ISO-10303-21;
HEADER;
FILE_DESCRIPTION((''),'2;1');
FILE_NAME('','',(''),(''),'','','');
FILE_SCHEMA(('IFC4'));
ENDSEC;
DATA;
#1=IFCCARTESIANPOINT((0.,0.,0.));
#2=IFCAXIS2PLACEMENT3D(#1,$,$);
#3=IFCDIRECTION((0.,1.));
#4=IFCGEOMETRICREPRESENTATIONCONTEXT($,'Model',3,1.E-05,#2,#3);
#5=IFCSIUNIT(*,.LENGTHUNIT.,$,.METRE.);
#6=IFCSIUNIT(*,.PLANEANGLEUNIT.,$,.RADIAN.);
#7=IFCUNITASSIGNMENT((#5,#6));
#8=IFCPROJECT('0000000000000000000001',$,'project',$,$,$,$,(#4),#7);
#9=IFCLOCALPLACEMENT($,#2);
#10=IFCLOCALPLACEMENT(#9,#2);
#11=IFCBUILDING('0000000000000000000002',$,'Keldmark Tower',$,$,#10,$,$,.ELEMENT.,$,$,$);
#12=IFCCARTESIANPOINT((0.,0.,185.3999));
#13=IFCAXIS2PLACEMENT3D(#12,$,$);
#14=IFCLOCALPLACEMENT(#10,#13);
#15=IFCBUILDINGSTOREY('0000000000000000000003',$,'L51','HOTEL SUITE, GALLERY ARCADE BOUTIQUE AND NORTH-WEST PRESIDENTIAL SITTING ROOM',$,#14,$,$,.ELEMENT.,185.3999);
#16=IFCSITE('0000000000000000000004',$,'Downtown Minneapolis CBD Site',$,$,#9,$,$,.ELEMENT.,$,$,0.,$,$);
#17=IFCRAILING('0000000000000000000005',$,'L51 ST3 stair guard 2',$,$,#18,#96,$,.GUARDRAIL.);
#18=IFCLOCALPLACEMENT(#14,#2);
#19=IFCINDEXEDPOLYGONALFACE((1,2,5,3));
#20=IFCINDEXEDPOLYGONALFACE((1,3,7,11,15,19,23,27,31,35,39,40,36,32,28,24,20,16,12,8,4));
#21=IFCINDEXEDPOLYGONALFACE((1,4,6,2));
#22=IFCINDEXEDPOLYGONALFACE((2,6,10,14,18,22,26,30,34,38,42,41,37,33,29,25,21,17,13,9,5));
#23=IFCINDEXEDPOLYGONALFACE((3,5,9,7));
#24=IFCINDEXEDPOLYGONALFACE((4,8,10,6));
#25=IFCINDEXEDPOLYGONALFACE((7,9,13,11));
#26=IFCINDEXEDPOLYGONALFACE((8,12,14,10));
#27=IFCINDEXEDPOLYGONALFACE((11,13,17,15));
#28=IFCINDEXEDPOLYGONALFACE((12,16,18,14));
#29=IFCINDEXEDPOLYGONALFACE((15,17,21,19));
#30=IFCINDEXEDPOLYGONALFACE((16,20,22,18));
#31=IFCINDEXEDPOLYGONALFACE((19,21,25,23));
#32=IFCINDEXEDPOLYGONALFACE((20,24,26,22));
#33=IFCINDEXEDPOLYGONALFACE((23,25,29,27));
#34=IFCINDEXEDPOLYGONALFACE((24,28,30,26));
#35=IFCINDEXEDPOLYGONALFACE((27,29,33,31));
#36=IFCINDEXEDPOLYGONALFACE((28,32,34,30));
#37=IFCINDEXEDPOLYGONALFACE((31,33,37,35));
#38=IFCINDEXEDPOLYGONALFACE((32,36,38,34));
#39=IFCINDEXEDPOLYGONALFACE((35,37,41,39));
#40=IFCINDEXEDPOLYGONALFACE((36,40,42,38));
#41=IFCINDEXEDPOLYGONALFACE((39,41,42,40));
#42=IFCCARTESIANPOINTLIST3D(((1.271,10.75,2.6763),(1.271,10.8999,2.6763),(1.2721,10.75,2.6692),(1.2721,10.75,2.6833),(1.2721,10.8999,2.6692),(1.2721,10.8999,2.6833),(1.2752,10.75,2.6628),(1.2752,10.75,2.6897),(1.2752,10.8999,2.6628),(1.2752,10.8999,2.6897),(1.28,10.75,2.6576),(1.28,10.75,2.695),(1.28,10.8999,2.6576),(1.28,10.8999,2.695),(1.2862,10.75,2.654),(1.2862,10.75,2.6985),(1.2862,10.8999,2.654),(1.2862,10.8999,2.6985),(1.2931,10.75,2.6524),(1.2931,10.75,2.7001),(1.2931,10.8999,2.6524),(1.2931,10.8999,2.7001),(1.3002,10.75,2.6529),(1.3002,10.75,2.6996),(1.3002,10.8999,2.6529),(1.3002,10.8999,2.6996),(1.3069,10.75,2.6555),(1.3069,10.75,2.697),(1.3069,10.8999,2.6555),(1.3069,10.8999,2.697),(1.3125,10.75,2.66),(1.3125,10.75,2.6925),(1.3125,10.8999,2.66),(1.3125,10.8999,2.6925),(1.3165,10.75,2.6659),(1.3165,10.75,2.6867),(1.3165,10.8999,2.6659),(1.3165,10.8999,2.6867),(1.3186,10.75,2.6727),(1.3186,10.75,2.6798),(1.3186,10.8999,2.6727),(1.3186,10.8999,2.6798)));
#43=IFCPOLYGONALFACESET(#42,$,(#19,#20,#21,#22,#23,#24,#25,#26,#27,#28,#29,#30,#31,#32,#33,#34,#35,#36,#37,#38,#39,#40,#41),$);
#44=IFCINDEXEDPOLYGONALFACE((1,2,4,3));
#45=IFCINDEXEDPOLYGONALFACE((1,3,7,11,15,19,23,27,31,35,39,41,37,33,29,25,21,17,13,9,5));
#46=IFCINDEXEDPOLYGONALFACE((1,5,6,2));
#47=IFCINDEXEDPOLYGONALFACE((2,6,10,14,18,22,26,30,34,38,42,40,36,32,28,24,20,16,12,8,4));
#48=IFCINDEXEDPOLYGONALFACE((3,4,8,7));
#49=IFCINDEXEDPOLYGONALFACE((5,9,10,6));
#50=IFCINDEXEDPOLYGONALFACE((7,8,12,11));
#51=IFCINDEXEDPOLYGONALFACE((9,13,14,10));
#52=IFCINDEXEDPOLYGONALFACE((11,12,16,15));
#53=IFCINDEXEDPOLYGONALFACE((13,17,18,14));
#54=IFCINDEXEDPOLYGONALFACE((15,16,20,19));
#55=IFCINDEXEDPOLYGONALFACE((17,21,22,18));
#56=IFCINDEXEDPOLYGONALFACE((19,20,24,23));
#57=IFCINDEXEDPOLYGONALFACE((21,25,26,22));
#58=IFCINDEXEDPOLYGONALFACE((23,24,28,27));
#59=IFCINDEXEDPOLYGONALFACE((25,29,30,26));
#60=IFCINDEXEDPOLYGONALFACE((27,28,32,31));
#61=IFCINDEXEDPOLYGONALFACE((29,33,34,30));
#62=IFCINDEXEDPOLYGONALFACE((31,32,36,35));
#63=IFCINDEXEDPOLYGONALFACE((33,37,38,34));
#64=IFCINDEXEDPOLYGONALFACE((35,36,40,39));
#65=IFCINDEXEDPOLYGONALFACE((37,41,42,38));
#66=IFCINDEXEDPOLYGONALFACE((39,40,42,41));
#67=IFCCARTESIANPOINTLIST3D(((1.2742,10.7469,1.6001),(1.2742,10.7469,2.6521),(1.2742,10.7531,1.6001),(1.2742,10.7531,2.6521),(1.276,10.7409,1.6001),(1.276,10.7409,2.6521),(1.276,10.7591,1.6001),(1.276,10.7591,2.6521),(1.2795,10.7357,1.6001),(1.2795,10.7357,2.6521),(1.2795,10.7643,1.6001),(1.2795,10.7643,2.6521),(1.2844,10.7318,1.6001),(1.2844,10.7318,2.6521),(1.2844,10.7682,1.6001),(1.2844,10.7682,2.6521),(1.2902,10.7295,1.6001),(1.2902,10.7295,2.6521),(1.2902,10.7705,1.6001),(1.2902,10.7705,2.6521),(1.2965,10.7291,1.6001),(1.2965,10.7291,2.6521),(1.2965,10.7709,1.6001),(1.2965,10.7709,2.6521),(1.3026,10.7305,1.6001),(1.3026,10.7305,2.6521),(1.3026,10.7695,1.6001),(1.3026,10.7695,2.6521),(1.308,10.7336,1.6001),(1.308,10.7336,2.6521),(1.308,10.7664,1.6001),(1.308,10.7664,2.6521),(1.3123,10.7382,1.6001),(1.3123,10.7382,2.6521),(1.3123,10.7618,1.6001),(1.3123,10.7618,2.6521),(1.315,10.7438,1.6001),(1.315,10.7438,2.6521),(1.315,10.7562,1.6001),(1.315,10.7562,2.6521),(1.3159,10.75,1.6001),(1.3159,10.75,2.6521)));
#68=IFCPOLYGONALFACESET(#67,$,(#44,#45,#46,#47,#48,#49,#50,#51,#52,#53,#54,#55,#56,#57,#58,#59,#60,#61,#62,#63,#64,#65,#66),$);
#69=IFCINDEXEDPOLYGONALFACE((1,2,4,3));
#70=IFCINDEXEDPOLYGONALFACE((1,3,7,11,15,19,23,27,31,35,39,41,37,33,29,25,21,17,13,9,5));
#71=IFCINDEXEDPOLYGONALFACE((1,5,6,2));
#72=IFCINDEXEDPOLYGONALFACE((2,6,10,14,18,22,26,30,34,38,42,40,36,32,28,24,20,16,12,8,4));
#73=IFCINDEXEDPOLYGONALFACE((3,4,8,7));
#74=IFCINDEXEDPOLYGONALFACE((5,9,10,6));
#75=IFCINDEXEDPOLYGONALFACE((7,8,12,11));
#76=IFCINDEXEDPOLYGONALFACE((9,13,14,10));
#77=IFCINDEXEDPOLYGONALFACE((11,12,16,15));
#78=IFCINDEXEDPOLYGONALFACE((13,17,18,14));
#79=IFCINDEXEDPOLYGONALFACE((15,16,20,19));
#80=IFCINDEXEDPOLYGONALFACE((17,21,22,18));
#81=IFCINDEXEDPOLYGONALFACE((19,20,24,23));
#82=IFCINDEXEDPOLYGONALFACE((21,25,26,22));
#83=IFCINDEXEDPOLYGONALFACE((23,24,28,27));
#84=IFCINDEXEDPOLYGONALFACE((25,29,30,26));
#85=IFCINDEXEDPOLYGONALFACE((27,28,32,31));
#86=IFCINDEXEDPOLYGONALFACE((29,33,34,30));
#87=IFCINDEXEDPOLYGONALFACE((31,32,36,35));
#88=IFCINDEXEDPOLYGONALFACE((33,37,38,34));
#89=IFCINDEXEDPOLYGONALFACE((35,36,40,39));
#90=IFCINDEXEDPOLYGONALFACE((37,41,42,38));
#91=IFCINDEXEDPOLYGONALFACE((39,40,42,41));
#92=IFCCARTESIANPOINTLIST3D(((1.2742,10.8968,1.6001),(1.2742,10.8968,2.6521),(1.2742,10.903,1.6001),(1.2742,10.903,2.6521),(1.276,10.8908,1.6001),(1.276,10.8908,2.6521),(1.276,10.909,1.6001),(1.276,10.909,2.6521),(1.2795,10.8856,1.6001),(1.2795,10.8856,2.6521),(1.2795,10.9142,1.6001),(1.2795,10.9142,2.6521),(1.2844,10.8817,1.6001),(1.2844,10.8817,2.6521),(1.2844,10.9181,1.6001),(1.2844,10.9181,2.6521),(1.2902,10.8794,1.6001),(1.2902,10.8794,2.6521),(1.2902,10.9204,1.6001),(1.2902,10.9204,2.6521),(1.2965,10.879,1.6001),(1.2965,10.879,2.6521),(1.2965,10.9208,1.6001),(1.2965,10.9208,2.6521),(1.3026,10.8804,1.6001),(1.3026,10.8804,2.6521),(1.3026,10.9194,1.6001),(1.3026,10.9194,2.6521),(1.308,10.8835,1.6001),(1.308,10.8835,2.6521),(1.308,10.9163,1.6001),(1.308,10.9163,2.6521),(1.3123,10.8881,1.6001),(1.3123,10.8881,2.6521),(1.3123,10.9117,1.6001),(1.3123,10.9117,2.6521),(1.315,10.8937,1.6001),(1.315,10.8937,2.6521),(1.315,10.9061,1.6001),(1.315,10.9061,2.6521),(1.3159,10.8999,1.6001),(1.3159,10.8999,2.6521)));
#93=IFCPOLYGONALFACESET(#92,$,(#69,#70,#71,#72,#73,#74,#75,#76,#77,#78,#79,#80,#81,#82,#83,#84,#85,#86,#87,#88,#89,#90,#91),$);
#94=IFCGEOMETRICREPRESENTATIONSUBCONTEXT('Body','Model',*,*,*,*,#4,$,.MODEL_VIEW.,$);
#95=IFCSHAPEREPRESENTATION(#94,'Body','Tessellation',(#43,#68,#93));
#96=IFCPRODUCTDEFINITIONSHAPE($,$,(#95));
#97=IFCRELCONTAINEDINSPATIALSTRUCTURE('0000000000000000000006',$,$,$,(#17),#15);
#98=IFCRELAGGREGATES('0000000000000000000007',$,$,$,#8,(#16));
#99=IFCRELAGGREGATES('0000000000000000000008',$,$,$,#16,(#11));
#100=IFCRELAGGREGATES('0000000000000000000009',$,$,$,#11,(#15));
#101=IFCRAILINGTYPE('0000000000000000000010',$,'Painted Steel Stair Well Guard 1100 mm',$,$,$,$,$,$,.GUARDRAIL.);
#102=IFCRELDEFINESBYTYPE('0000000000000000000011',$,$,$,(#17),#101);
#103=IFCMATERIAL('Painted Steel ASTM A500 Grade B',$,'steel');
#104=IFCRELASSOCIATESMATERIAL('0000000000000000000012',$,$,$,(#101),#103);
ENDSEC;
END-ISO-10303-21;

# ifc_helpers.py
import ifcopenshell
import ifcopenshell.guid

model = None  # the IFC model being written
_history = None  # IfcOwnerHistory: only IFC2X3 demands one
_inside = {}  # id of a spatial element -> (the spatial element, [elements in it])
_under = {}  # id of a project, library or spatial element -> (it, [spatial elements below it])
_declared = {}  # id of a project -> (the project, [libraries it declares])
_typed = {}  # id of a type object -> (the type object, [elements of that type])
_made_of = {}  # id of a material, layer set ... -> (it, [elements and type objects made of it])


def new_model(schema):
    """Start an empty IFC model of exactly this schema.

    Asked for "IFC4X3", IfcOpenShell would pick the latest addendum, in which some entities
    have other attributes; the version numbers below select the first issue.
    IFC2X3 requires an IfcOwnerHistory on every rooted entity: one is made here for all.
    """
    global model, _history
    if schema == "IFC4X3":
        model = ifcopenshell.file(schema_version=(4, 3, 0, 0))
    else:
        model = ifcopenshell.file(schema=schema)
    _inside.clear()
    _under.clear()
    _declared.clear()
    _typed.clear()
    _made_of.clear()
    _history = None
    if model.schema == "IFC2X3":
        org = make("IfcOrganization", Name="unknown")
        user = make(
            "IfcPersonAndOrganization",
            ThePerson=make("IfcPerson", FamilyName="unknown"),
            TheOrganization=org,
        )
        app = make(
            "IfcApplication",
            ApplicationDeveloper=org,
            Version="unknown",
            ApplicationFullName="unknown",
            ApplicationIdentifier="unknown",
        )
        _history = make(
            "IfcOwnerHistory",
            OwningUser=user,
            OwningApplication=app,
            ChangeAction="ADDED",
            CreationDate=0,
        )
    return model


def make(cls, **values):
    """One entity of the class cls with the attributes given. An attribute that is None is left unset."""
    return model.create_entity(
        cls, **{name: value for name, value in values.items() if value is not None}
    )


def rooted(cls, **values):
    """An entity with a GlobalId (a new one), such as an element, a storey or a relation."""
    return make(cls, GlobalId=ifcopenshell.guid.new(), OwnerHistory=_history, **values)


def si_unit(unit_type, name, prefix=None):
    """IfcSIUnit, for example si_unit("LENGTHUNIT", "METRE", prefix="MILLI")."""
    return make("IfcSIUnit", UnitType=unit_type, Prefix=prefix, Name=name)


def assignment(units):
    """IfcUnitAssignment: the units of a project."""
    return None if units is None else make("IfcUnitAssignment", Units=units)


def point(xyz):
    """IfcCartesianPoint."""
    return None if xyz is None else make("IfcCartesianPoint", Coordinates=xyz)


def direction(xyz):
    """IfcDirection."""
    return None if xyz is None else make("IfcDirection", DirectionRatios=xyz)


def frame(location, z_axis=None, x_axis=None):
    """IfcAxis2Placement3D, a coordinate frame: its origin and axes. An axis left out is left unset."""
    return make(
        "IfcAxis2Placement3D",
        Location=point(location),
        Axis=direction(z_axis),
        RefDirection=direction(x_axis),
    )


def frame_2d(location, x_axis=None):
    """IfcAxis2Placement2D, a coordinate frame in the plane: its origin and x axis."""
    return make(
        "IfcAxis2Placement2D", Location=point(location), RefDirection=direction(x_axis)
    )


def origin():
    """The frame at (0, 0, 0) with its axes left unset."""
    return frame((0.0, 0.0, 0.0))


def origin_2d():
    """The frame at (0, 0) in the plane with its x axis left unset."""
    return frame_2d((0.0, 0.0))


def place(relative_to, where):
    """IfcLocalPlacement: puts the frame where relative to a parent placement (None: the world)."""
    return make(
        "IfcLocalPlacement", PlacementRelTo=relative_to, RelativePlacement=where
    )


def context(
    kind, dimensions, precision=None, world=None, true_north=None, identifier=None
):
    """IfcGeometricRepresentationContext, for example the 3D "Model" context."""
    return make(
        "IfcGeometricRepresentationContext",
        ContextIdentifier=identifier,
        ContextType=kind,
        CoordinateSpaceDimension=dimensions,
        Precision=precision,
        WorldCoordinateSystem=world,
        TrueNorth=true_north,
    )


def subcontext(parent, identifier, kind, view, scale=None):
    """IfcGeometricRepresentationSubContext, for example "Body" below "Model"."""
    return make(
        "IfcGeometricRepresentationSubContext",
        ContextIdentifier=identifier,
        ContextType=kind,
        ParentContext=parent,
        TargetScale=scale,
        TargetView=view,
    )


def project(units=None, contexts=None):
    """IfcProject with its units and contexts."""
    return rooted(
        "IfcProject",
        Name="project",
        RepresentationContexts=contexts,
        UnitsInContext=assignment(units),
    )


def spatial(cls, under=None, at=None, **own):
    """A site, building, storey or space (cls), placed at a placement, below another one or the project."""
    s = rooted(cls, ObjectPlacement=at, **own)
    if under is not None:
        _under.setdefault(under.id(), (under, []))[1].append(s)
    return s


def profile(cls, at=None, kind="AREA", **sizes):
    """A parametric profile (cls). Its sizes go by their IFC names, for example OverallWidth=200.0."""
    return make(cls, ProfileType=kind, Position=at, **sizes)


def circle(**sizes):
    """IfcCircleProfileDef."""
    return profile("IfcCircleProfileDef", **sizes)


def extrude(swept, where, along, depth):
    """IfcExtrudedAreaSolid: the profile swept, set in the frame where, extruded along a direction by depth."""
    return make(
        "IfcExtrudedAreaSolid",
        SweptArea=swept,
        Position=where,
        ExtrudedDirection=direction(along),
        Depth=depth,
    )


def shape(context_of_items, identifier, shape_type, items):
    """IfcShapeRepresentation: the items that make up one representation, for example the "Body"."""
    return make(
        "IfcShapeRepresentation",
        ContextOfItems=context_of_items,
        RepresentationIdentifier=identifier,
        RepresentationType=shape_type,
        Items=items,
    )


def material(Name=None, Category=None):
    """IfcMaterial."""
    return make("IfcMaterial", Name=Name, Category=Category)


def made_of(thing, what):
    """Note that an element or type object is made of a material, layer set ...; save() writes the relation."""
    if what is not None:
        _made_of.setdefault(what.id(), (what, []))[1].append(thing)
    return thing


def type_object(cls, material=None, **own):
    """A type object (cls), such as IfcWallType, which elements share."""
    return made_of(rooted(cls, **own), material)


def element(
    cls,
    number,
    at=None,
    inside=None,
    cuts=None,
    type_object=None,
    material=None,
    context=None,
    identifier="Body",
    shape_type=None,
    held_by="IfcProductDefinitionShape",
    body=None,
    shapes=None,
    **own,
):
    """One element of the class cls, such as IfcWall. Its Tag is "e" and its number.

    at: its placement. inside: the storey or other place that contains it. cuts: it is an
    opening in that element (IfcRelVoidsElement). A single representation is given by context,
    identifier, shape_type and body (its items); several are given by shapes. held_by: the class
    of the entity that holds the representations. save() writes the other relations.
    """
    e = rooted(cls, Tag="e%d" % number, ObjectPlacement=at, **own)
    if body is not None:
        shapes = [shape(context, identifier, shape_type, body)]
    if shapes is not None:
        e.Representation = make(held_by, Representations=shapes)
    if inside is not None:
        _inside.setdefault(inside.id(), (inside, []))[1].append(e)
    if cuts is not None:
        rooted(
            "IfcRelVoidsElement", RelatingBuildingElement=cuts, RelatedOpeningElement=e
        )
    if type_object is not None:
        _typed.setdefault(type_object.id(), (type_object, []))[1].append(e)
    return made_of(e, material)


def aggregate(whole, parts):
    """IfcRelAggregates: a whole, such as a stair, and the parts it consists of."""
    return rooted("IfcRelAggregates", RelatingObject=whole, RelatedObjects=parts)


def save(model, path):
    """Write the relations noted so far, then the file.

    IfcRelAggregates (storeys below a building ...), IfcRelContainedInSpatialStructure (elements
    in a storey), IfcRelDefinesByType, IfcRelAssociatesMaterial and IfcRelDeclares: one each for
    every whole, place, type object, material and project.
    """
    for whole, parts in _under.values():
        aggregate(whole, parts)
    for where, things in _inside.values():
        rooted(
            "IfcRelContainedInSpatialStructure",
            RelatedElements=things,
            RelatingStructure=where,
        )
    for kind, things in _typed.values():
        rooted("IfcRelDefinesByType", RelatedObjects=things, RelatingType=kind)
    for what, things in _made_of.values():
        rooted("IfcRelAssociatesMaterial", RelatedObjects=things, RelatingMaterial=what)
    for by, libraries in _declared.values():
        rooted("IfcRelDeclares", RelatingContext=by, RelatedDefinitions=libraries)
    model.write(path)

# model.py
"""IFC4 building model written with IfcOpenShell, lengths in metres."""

from ifc_helpers import new_model, si_unit, direction, frame, origin, origin_2d, place, context, subcontext, project, spatial, circle, extrude, material, type_object, element, save


model = new_model("IFC4")

# Units and contexts
model_context = context("Model", 3, precision=1e-05, world=origin(), true_north=direction((0.0, 1.0)))
body_context = subcontext(model_context, "Body", "Model", "MODEL_VIEW")
ifc_project = project(units=[si_unit("LENGTHUNIT", "METRE"), si_unit("PLANEANGLEUNIT", "RADIAN")], contexts=[model_context])

# Site, building, storey
site_placement = place(None, origin())
site = spatial("IfcSite", under=ifc_project, at=site_placement, Name="Downtown Minneapolis CBD Site", CompositionType="ELEMENT", RefElevation=0.0)
building_placement = place(site_placement, origin())
building = spatial("IfcBuilding", under=site, at=building_placement, Name="Keldmark Tower", CompositionType="ELEMENT")
storey_placement = place(building_placement, frame((0.0, 0.0, 185.3999)))
storey = spatial("IfcBuildingStorey", under=building, at=storey_placement, Name="L51", Description="HOTEL SUITE, GALLERY ARCADE BOUTIQUE AND NORTH-WEST PRESIDENTIAL SITTING ROOM", CompositionType="ELEMENT", Elevation=185.3999)

# Railing
ifc_material_1 = material(Name="Painted Steel ASTM A500 Grade B", Category="steel")
railing_type_1 = type_object("IfcRailingType", Name="Painted Steel Stair Well Guard 1100 mm", PredefinedType="GUARDRAIL", material=ifc_material_1)
railing_1_placement = place(storey_placement, frame((1.2949, 10.75, 1.6001)))
element("IfcRailing", 1, at=railing_1_placement, inside=storey, type_object=railing_type_1, Name="L51 ST3 stair guard 2", PredefinedType="GUARDRAIL", context=body_context, shape_type="SweptSolid", body=[
    extrude(circle(Radius=0.0239, at=origin_2d()), frame((0.0, 0.0, 1.0762), z_axis=(0.0, 1.0, 0.0), x_axis=(-1.0, 0.0, 0.0)), (0.0, 0.0, 1.0), 0.1499),
    extrude(circle(Radius=0.021, at=origin_2d()), origin(), (0.0, 0.0, 1.0), 1.052),
    extrude(circle(Radius=0.021, at=origin_2d()), frame((0.0, 0.1499, 0.0)), (0.0, 0.0, 1.0), 1.052),
])

save(model, "model.ifc")
